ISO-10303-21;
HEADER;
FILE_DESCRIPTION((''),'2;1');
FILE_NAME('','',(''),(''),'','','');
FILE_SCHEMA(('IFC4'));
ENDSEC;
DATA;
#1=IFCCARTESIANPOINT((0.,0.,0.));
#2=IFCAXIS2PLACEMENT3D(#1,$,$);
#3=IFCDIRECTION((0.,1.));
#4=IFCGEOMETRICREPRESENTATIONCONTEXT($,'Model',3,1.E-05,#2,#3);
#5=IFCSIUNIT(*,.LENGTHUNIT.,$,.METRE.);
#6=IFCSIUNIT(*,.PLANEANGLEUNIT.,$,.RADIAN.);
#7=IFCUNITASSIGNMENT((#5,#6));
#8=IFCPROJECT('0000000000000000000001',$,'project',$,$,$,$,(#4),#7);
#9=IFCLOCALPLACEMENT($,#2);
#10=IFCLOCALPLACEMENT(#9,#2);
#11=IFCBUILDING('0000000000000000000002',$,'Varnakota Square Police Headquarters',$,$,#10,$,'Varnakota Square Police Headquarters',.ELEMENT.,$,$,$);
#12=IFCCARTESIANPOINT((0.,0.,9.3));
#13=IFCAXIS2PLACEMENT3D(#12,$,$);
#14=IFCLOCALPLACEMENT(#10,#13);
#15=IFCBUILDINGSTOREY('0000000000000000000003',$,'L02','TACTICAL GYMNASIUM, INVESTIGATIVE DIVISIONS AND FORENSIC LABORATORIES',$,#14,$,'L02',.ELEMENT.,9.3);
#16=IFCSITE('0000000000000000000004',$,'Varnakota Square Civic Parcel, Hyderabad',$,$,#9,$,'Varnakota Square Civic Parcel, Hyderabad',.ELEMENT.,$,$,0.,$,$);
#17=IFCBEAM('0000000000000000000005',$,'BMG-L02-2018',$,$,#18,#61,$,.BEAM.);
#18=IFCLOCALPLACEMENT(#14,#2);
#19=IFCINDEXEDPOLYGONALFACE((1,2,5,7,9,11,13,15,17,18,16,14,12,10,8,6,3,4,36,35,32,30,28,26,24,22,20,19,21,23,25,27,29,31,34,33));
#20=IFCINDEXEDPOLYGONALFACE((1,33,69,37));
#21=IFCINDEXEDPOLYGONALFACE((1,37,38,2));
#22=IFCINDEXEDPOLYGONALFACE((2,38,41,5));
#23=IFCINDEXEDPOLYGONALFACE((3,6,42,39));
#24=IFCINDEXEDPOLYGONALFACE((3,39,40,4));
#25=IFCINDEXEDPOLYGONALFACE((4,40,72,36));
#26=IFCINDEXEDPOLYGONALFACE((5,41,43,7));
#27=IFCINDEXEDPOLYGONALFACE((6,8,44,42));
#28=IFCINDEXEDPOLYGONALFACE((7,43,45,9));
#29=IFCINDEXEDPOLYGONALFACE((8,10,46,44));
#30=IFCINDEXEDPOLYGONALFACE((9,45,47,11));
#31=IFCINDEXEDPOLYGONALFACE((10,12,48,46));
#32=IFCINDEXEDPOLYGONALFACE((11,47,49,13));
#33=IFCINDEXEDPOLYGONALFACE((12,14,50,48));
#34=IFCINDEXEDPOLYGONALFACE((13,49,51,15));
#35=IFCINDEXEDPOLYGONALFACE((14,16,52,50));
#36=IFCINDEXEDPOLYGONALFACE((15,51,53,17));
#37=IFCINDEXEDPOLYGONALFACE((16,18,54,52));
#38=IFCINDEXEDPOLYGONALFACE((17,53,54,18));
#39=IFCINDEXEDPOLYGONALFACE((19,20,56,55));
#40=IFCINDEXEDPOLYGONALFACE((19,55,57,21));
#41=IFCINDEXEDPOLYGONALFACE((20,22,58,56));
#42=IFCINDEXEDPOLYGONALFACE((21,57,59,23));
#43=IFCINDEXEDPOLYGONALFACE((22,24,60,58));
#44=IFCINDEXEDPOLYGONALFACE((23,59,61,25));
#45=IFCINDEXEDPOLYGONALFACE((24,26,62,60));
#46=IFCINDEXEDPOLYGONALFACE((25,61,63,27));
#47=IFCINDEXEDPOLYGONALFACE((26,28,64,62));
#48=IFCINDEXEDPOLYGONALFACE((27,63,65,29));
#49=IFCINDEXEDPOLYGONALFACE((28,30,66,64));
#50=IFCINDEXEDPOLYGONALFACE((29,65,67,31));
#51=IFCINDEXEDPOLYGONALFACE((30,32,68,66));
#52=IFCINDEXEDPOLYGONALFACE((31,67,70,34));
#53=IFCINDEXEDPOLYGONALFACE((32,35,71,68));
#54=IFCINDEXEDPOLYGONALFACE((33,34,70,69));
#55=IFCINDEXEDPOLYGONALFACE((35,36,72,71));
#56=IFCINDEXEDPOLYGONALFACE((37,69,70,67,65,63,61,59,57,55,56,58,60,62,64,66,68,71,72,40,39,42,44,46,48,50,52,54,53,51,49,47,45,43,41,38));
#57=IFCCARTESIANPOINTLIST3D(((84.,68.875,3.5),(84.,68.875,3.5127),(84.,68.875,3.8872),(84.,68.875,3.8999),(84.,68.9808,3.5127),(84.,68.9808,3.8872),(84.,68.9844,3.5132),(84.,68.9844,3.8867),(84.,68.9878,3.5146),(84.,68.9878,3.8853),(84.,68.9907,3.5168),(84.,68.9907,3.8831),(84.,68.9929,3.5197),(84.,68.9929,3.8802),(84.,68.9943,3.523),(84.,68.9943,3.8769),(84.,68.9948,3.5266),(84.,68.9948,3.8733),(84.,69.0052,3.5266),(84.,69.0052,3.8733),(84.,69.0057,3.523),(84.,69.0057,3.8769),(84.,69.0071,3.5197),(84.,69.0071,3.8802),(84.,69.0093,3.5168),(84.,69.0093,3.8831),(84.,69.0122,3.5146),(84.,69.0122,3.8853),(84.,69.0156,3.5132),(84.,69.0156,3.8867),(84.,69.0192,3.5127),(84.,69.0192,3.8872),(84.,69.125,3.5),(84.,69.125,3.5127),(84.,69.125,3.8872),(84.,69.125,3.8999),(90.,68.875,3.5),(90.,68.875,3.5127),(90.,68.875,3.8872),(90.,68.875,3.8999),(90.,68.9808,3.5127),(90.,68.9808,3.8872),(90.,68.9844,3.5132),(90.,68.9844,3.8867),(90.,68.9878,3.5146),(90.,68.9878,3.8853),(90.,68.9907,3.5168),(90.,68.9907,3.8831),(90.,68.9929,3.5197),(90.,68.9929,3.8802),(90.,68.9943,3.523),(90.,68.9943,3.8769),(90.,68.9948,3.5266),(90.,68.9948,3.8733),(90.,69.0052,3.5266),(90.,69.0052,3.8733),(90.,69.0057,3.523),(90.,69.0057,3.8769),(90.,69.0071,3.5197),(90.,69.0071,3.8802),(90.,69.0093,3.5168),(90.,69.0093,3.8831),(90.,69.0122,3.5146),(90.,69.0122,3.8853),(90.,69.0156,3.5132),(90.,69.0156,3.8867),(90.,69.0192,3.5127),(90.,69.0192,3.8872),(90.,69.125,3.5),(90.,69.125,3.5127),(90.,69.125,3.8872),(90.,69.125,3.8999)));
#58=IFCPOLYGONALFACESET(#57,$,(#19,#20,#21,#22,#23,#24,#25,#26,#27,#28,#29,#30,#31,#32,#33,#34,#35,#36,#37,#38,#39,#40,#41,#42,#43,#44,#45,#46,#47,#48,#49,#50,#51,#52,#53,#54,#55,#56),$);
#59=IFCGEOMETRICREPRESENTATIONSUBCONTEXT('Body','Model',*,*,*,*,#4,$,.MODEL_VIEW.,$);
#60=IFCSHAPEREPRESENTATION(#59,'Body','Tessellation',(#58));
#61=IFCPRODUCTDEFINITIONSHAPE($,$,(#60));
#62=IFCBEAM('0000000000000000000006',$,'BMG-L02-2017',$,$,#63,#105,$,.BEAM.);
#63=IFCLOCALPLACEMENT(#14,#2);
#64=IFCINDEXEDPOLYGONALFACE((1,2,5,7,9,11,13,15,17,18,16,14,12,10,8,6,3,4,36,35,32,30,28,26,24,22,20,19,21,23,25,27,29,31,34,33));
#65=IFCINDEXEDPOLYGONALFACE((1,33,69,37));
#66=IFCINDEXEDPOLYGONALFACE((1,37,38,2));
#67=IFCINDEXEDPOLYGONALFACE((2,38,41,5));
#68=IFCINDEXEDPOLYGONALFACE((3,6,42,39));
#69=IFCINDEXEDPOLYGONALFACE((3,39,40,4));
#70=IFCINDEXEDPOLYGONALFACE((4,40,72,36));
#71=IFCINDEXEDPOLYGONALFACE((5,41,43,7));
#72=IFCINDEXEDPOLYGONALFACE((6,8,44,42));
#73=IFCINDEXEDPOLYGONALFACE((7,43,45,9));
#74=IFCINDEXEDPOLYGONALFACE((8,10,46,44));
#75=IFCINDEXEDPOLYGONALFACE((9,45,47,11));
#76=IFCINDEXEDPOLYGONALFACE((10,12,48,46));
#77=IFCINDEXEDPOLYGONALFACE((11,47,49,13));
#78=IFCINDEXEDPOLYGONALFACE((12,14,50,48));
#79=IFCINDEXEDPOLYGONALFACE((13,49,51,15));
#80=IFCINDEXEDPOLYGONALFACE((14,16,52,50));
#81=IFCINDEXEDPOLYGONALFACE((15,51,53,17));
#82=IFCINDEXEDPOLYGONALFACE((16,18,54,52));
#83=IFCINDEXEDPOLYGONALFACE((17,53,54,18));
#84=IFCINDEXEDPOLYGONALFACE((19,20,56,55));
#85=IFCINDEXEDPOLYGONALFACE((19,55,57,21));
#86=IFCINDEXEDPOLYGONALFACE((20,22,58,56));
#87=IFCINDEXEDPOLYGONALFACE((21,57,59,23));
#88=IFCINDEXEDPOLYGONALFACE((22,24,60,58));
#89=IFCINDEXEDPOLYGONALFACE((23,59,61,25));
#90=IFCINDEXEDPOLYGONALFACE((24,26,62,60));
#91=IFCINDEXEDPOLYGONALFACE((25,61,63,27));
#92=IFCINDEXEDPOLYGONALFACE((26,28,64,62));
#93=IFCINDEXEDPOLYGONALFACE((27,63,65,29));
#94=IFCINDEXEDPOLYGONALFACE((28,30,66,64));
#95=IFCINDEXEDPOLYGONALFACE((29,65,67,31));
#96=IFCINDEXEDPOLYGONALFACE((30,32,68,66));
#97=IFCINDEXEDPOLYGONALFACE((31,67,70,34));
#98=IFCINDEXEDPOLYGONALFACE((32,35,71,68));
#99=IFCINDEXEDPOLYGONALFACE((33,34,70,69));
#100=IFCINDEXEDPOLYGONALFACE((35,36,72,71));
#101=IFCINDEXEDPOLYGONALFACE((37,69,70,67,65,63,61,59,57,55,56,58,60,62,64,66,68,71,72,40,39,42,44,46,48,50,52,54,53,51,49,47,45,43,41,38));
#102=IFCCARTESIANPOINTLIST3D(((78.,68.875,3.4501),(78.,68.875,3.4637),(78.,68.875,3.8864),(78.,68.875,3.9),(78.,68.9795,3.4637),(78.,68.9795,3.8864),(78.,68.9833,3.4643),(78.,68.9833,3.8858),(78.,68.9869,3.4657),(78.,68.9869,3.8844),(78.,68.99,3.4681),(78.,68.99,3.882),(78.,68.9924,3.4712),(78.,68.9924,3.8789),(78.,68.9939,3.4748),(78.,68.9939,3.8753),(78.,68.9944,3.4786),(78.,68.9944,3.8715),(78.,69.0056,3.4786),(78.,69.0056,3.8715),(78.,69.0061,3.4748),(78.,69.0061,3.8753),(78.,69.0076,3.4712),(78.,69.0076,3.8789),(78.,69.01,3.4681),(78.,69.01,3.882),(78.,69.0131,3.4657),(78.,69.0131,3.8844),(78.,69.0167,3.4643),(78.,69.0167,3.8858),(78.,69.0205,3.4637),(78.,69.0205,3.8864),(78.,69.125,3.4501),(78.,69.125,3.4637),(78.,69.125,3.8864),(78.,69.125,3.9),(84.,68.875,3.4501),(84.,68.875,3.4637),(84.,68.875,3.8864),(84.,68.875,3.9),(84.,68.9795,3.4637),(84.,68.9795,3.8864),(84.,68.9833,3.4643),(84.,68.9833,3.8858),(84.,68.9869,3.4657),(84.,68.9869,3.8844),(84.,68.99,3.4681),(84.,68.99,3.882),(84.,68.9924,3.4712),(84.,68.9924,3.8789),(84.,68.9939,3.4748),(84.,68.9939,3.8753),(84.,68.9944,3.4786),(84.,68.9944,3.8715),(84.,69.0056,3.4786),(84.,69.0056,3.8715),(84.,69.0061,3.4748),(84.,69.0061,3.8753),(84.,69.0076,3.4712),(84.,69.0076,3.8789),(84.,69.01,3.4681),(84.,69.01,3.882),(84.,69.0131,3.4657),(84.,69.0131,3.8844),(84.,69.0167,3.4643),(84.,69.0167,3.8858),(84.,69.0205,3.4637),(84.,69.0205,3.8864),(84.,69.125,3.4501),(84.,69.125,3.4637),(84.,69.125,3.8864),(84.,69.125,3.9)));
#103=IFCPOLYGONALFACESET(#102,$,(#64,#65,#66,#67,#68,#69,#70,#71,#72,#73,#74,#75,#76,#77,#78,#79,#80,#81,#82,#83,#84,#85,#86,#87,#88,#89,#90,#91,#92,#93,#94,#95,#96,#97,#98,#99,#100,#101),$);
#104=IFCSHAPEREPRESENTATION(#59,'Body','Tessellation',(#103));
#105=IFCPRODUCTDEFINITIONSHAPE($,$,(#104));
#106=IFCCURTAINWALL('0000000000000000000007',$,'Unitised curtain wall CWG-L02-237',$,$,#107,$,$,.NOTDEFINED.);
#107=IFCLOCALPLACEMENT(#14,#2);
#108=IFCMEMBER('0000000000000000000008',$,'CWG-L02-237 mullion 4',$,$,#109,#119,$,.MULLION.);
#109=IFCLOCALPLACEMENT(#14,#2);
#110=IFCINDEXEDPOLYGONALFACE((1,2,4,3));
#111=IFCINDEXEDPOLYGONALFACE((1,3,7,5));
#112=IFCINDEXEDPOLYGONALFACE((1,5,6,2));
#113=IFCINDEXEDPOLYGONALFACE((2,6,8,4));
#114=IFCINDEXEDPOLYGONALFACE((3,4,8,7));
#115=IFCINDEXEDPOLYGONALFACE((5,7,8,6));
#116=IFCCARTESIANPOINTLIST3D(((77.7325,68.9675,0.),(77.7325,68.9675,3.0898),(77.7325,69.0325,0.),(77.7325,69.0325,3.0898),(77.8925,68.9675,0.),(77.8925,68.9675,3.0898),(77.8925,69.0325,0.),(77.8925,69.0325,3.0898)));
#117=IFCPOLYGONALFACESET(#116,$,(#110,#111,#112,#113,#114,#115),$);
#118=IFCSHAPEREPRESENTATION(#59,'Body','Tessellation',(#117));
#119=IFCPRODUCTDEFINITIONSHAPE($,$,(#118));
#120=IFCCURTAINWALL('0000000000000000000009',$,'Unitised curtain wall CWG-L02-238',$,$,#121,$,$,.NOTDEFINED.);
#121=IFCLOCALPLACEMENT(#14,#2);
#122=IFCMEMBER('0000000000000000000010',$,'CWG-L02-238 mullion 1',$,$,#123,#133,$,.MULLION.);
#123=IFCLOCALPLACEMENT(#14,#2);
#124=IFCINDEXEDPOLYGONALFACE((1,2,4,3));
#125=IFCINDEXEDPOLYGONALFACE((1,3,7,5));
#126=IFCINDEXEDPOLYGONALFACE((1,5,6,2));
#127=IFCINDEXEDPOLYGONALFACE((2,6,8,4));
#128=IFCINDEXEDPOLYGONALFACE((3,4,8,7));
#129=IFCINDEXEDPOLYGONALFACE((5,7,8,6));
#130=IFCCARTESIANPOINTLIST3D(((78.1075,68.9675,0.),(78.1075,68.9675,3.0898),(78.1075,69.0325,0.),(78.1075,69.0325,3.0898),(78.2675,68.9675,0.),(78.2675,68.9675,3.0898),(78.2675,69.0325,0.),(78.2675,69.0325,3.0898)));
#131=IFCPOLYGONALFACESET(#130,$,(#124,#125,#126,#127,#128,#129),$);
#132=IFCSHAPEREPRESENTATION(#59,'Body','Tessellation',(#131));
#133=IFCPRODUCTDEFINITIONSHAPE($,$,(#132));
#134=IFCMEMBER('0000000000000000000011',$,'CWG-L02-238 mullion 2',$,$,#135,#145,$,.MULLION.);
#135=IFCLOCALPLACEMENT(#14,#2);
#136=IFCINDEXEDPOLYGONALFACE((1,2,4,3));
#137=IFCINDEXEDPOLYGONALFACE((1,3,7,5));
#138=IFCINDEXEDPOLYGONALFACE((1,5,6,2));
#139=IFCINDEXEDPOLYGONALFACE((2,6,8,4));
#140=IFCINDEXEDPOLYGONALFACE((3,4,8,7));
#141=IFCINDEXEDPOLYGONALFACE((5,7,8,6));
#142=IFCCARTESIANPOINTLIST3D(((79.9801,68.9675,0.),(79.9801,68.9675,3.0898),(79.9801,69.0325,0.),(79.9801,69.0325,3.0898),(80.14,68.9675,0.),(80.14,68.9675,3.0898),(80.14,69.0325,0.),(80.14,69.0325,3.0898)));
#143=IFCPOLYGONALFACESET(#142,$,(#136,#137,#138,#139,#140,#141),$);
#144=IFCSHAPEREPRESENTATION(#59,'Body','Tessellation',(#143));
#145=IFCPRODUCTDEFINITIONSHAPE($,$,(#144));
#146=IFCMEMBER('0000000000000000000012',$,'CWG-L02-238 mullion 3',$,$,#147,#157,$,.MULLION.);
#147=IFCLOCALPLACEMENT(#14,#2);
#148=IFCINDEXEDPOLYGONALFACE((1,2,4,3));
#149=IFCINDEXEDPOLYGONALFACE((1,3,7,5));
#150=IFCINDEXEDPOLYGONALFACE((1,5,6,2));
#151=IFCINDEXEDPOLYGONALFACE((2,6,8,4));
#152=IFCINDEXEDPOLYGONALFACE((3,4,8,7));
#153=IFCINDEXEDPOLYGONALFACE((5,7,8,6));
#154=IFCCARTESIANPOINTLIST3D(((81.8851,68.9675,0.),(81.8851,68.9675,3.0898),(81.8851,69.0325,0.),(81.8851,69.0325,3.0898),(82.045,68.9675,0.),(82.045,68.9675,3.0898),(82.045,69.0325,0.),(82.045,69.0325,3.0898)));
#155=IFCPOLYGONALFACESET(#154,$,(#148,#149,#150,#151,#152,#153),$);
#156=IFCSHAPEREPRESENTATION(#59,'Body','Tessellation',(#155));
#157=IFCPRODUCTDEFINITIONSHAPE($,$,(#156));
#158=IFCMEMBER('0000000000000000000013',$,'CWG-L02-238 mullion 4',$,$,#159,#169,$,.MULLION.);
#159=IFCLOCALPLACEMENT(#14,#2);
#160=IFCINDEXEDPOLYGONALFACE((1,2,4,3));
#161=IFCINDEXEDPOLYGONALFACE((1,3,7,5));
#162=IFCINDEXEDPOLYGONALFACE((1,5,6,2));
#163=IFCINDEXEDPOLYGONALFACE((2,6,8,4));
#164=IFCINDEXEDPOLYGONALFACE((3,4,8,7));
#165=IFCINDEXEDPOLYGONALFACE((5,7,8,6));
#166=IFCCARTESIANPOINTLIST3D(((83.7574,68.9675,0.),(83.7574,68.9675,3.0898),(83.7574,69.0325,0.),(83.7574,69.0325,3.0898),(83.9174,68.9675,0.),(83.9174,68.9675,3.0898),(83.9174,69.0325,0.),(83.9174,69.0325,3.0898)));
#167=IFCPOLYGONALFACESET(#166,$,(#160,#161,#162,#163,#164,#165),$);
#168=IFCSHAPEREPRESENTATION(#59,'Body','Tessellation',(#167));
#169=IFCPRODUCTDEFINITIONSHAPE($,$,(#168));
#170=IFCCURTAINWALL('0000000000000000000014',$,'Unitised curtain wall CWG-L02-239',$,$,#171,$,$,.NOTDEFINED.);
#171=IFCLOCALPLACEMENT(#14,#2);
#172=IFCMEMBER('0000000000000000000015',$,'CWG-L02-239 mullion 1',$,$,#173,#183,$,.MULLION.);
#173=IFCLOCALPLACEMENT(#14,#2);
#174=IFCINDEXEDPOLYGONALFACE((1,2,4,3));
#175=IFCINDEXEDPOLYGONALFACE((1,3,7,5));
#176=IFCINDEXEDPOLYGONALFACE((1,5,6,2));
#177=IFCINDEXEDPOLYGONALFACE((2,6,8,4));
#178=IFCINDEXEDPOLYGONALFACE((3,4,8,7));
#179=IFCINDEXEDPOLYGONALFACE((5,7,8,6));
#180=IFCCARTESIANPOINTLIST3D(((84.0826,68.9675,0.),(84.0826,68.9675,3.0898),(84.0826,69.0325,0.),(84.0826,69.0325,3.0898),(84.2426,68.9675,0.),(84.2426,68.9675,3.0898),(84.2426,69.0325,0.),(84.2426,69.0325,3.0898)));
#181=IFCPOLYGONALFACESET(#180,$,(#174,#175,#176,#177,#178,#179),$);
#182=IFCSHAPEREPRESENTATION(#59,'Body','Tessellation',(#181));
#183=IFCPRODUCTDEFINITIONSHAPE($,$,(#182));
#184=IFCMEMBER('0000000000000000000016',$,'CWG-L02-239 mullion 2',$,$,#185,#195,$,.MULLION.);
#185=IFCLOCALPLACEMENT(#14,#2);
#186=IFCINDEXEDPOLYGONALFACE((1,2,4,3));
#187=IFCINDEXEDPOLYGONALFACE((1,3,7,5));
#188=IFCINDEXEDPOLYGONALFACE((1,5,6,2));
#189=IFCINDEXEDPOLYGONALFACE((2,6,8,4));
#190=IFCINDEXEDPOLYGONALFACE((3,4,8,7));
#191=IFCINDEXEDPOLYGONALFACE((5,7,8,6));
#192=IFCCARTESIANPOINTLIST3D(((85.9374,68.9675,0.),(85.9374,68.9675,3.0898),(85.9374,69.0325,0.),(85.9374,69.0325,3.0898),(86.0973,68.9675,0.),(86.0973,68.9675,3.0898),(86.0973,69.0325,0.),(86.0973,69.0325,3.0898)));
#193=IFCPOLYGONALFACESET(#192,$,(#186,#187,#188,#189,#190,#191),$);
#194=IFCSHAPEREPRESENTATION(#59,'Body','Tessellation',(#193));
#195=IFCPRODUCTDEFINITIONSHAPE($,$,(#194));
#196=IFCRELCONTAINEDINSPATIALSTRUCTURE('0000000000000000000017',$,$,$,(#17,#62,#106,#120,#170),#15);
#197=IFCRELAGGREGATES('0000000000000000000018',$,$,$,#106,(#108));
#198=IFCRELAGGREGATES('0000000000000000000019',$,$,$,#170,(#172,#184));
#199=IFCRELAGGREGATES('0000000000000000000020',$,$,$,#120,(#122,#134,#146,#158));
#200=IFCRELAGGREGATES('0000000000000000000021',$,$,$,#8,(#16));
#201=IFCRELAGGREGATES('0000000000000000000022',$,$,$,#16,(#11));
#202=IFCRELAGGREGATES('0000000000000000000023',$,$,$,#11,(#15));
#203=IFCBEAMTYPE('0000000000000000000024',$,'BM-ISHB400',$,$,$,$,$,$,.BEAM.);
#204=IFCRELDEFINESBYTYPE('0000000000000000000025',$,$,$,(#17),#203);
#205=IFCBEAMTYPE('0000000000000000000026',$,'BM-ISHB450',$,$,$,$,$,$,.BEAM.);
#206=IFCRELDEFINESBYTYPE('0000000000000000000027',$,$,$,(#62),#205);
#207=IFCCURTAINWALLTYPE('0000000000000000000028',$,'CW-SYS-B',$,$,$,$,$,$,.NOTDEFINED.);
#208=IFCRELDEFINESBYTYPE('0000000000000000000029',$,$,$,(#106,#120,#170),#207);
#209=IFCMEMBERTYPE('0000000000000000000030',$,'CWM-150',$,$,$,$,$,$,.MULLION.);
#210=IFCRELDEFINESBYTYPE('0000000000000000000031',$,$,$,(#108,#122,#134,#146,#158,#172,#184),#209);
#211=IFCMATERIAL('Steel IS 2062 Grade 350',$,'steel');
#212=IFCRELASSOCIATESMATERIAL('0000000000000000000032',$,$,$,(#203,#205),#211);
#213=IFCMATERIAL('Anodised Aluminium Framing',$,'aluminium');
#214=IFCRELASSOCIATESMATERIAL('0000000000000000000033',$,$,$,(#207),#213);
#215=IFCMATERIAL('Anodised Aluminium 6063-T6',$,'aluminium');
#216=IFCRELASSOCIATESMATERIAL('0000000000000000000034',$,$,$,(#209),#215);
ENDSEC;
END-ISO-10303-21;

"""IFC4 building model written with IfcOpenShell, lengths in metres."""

from ifc_helpers import new_model, si_unit, direction, frame, origin, origin_2d, place, context, subcontext, project, spatial, rectangle, i_section, extrude, material, material_profile, profile_set, type_object, element, aggregate, save


model = new_model("IFC4")

# Units and contexts
model_context = context("Model", 3, precision=1e-05, world=origin(), true_north=direction((0.0, 1.0)))
body_context = subcontext(model_context, "Body", "Model", "MODEL_VIEW")
ifc_project = project(units=[si_unit("LENGTHUNIT", "METRE"), si_unit("PLANEANGLEUNIT", "RADIAN")], contexts=[model_context])

# Site, building, storey
site_placement = place(None, origin())
site = spatial("IfcSite", under=ifc_project, at=site_placement, Name="Varnakota Square Civic Parcel, Hyderabad", LongName="Varnakota Square Civic Parcel, Hyderabad", CompositionType="ELEMENT", RefElevation=0.0)
building_placement = place(site_placement, origin())
building = spatial("IfcBuilding", under=site, at=building_placement, Name="Varnakota Square Police Headquarters", LongName="Varnakota Square Police Headquarters", CompositionType="ELEMENT")
storey_placement = place(building_placement, frame((0.0, 0.0, 9.3)))
storey = spatial("IfcBuildingStorey", under=building, at=storey_placement, Name="L02", Description="TACTICAL GYMNASIUM, INVESTIGATIVE DIVISIONS AND FORENSIC LABORATORIES", LongName="L02", CompositionType="ELEMENT", Elevation=9.3)

# Shared definitions
ifc_material_1 = material(Name="Steel IS 2062 Grade 350", Category="steel")

# Beams
ifc_material_profile_1 = material_profile(ifc_material_1, i_section(OverallWidth=0.25, OverallDepth=0.3999, WebThickness=0.0105, FlangeThickness=0.0127, FilletRadius=0.0139, at=origin_2d()), Name="ISHB 400")
ifc_profile_set_1 = profile_set([ifc_material_profile_1], Name="Steel IS 2062 Grade 350")
beam_type_1 = type_object("IfcBeamType", Name="BM-ISHB400", PredefinedType="BEAM", material=ifc_profile_set_1)
beam_1_placement = place(storey_placement, frame((84.0, 69.0, 3.7), z_axis=(1.0, 0.0, 0.0), x_axis=(0.0, 1.0, 0.0)))
element("IfcBeam", 1, at=beam_1_placement, inside=storey, type_object=beam_type_1, Name="BMG-L02-2018", PredefinedType="BEAM", context=body_context, shape_type="SweptSolid", body=[
    extrude(i_section(OverallWidth=0.25, OverallDepth=0.3999, WebThickness=0.0105, FlangeThickness=0.0127, FilletRadius=0.0139, at=origin_2d()), origin(), (0.0, 0.0, 1.0), 6.0),
])
ifc_material_profile_2 = material_profile(ifc_material_1, i_section(OverallWidth=0.25, OverallDepth=0.45, WebThickness=0.0112, FlangeThickness=0.0137, FilletRadius=0.0149, at=origin_2d()), Name="ISHB 450")
ifc_profile_set_2 = profile_set([ifc_material_profile_2], Name="Steel IS 2062 Grade 350")
beam_type_2 = type_object("IfcBeamType", Name="BM-ISHB450", PredefinedType="BEAM", material=ifc_profile_set_2)
beam_2_placement = place(storey_placement, frame((78.0, 69.0, 3.675), z_axis=(1.0, 0.0, 0.0), x_axis=(0.0, 1.0, 0.0)))
element("IfcBeam", 2, at=beam_2_placement, inside=storey, type_object=beam_type_2, Name="BMG-L02-2017", PredefinedType="BEAM", context=body_context, shape_type="SweptSolid", body=[
    extrude(i_section(OverallWidth=0.25, OverallDepth=0.45, WebThickness=0.0112, FlangeThickness=0.0137, FilletRadius=0.0149, at=origin_2d()), origin(), (0.0, 0.0, 1.0), 6.0),
])

# Curtain wall, member
ifc_material_2 = material(Name="Anodised Aluminium Framing", Category="aluminium")
curtain_wall_type = type_object("IfcCurtainWallType", Name="CW-SYS-B", PredefinedType="NOTDEFINED", material=ifc_material_2)
curtain_wall_1_placement = place(storey_placement, origin())
curtain_wall_1 = element("IfcCurtainWall", 3, at=curtain_wall_1_placement, inside=storey, type_object=curtain_wall_type, Name="Unitised curtain wall CWG-L02-237", PredefinedType="NOTDEFINED")
ifc_material_3 = material(Name="Anodised Aluminium 6063-T6", Category="aluminium")
ifc_material_profile_3 = material_profile(ifc_material_3, rectangle(XDim=0.0649, YDim=0.1599, at=origin_2d()), Name="ALU MULLION 65x160")
ifc_profile_set_3 = profile_set([ifc_material_profile_3], Name="Anodised Aluminium 6063-T6")
member_type_1 = type_object("IfcMemberType", Name="CWM-150", PredefinedType="MULLION", material=ifc_profile_set_3)
member_1_placement = place(storey_placement, frame((77.8125, 69.0, 0.0), z_axis=(0.0, 0.0, 1.0), x_axis=(0.0, 1.0, 0.0)))
member_1 = element("IfcMember", 4, at=member_1_placement, type_object=member_type_1, Name="CWG-L02-237 mullion 4", PredefinedType="MULLION", context=body_context, shape_type="SweptSolid", body=[
    extrude(rectangle(XDim=0.0649, YDim=0.1599, at=origin_2d()), origin(), (0.0, 0.0, 1.0), 3.0898),
])

# Curtain walls, members
curtain_wall_2_placement = place(storey_placement, origin())
curtain_wall_2 = element("IfcCurtainWall", 5, at=curtain_wall_2_placement, inside=storey, type_object=curtain_wall_type, Name="Unitised curtain wall CWG-L02-238", PredefinedType="NOTDEFINED")
member_2_placement = place(storey_placement, frame((78.1875, 69.0, 0.0), z_axis=(0.0, 0.0, 1.0), x_axis=(0.0, 1.0, 0.0)))
member_2 = element("IfcMember", 6, at=member_2_placement, type_object=member_type_1, Name="CWG-L02-238 mullion 1", PredefinedType="MULLION", context=body_context, shape_type="SweptSolid", body=[
    extrude(rectangle(XDim=0.0649, YDim=0.1599, at=origin_2d()), origin(), (0.0, 0.0, 1.0), 3.0898),
])
member_3_placement = place(storey_placement, frame((80.0601, 69.0, 0.0), z_axis=(0.0, 0.0, 1.0), x_axis=(0.0, 1.0, 0.0)))
member_3 = element("IfcMember", 7, at=member_3_placement, type_object=member_type_1, Name="CWG-L02-238 mullion 2", PredefinedType="MULLION", context=body_context, shape_type="SweptSolid", body=[
    extrude(rectangle(XDim=0.0649, YDim=0.1599, at=origin_2d()), origin(), (0.0, 0.0, 1.0), 3.0898),
])
member_4_placement = place(storey_placement, frame((81.9651, 69.0, 0.0), z_axis=(0.0, 0.0, 1.0), x_axis=(0.0, 1.0, 0.0)))
member_4 = element("IfcMember", 8, at=member_4_placement, type_object=member_type_1, Name="CWG-L02-238 mullion 3", PredefinedType="MULLION", context=body_context, shape_type="SweptSolid", body=[
    extrude(rectangle(XDim=0.0649, YDim=0.1599, at=origin_2d()), origin(), (0.0, 0.0, 1.0), 3.0898),
])
member_5_placement = place(storey_placement, frame((83.8374, 69.0, 0.0), z_axis=(0.0, 0.0, 1.0), x_axis=(0.0, 1.0, 0.0)))
member_5 = element("IfcMember", 9, at=member_5_placement, type_object=member_type_1, Name="CWG-L02-238 mullion 4", PredefinedType="MULLION", context=body_context, shape_type="SweptSolid", body=[
    extrude(rectangle(XDim=0.0649, YDim=0.1599, at=origin_2d()), origin(), (0.0, 0.0, 1.0), 3.0898),
])
curtain_wall_3_placement = place(storey_placement, origin())
curtain_wall_3 = element("IfcCurtainWall", 10, at=curtain_wall_3_placement, inside=storey, type_object=curtain_wall_type, Name="Unitised curtain wall CWG-L02-239", PredefinedType="NOTDEFINED")
member_6_placement = place(storey_placement, frame((84.1626, 69.0, 0.0), z_axis=(0.0, 0.0, 1.0), x_axis=(0.0, 1.0, 0.0)))
member_6 = element("IfcMember", 11, at=member_6_placement, type_object=member_type_1, Name="CWG-L02-239 mullion 1", PredefinedType="MULLION", context=body_context, shape_type="SweptSolid", body=[
    extrude(rectangle(XDim=0.0649, YDim=0.1599, at=origin_2d()), origin(), (0.0, 0.0, 1.0), 3.0898),
])
member_7_placement = place(storey_placement, frame((86.0173, 69.0, 0.0), z_axis=(0.0, 0.0, 1.0), x_axis=(0.0, 1.0, 0.0)))
member_7 = element("IfcMember", 12, at=member_7_placement, type_object=member_type_1, Name="CWG-L02-239 mullion 2", PredefinedType="MULLION", context=body_context, shape_type="SweptSolid", body=[
    extrude(rectangle(XDim=0.0649, YDim=0.1599, at=origin_2d()), origin(), (0.0, 0.0, 1.0), 3.0898),
])

aggregate(curtain_wall_1, [member_1])
aggregate(curtain_wall_3, [member_6, member_7])
aggregate(curtain_wall_2, [member_2, member_3, member_4, member_5])

save(model, "model.ifc")
